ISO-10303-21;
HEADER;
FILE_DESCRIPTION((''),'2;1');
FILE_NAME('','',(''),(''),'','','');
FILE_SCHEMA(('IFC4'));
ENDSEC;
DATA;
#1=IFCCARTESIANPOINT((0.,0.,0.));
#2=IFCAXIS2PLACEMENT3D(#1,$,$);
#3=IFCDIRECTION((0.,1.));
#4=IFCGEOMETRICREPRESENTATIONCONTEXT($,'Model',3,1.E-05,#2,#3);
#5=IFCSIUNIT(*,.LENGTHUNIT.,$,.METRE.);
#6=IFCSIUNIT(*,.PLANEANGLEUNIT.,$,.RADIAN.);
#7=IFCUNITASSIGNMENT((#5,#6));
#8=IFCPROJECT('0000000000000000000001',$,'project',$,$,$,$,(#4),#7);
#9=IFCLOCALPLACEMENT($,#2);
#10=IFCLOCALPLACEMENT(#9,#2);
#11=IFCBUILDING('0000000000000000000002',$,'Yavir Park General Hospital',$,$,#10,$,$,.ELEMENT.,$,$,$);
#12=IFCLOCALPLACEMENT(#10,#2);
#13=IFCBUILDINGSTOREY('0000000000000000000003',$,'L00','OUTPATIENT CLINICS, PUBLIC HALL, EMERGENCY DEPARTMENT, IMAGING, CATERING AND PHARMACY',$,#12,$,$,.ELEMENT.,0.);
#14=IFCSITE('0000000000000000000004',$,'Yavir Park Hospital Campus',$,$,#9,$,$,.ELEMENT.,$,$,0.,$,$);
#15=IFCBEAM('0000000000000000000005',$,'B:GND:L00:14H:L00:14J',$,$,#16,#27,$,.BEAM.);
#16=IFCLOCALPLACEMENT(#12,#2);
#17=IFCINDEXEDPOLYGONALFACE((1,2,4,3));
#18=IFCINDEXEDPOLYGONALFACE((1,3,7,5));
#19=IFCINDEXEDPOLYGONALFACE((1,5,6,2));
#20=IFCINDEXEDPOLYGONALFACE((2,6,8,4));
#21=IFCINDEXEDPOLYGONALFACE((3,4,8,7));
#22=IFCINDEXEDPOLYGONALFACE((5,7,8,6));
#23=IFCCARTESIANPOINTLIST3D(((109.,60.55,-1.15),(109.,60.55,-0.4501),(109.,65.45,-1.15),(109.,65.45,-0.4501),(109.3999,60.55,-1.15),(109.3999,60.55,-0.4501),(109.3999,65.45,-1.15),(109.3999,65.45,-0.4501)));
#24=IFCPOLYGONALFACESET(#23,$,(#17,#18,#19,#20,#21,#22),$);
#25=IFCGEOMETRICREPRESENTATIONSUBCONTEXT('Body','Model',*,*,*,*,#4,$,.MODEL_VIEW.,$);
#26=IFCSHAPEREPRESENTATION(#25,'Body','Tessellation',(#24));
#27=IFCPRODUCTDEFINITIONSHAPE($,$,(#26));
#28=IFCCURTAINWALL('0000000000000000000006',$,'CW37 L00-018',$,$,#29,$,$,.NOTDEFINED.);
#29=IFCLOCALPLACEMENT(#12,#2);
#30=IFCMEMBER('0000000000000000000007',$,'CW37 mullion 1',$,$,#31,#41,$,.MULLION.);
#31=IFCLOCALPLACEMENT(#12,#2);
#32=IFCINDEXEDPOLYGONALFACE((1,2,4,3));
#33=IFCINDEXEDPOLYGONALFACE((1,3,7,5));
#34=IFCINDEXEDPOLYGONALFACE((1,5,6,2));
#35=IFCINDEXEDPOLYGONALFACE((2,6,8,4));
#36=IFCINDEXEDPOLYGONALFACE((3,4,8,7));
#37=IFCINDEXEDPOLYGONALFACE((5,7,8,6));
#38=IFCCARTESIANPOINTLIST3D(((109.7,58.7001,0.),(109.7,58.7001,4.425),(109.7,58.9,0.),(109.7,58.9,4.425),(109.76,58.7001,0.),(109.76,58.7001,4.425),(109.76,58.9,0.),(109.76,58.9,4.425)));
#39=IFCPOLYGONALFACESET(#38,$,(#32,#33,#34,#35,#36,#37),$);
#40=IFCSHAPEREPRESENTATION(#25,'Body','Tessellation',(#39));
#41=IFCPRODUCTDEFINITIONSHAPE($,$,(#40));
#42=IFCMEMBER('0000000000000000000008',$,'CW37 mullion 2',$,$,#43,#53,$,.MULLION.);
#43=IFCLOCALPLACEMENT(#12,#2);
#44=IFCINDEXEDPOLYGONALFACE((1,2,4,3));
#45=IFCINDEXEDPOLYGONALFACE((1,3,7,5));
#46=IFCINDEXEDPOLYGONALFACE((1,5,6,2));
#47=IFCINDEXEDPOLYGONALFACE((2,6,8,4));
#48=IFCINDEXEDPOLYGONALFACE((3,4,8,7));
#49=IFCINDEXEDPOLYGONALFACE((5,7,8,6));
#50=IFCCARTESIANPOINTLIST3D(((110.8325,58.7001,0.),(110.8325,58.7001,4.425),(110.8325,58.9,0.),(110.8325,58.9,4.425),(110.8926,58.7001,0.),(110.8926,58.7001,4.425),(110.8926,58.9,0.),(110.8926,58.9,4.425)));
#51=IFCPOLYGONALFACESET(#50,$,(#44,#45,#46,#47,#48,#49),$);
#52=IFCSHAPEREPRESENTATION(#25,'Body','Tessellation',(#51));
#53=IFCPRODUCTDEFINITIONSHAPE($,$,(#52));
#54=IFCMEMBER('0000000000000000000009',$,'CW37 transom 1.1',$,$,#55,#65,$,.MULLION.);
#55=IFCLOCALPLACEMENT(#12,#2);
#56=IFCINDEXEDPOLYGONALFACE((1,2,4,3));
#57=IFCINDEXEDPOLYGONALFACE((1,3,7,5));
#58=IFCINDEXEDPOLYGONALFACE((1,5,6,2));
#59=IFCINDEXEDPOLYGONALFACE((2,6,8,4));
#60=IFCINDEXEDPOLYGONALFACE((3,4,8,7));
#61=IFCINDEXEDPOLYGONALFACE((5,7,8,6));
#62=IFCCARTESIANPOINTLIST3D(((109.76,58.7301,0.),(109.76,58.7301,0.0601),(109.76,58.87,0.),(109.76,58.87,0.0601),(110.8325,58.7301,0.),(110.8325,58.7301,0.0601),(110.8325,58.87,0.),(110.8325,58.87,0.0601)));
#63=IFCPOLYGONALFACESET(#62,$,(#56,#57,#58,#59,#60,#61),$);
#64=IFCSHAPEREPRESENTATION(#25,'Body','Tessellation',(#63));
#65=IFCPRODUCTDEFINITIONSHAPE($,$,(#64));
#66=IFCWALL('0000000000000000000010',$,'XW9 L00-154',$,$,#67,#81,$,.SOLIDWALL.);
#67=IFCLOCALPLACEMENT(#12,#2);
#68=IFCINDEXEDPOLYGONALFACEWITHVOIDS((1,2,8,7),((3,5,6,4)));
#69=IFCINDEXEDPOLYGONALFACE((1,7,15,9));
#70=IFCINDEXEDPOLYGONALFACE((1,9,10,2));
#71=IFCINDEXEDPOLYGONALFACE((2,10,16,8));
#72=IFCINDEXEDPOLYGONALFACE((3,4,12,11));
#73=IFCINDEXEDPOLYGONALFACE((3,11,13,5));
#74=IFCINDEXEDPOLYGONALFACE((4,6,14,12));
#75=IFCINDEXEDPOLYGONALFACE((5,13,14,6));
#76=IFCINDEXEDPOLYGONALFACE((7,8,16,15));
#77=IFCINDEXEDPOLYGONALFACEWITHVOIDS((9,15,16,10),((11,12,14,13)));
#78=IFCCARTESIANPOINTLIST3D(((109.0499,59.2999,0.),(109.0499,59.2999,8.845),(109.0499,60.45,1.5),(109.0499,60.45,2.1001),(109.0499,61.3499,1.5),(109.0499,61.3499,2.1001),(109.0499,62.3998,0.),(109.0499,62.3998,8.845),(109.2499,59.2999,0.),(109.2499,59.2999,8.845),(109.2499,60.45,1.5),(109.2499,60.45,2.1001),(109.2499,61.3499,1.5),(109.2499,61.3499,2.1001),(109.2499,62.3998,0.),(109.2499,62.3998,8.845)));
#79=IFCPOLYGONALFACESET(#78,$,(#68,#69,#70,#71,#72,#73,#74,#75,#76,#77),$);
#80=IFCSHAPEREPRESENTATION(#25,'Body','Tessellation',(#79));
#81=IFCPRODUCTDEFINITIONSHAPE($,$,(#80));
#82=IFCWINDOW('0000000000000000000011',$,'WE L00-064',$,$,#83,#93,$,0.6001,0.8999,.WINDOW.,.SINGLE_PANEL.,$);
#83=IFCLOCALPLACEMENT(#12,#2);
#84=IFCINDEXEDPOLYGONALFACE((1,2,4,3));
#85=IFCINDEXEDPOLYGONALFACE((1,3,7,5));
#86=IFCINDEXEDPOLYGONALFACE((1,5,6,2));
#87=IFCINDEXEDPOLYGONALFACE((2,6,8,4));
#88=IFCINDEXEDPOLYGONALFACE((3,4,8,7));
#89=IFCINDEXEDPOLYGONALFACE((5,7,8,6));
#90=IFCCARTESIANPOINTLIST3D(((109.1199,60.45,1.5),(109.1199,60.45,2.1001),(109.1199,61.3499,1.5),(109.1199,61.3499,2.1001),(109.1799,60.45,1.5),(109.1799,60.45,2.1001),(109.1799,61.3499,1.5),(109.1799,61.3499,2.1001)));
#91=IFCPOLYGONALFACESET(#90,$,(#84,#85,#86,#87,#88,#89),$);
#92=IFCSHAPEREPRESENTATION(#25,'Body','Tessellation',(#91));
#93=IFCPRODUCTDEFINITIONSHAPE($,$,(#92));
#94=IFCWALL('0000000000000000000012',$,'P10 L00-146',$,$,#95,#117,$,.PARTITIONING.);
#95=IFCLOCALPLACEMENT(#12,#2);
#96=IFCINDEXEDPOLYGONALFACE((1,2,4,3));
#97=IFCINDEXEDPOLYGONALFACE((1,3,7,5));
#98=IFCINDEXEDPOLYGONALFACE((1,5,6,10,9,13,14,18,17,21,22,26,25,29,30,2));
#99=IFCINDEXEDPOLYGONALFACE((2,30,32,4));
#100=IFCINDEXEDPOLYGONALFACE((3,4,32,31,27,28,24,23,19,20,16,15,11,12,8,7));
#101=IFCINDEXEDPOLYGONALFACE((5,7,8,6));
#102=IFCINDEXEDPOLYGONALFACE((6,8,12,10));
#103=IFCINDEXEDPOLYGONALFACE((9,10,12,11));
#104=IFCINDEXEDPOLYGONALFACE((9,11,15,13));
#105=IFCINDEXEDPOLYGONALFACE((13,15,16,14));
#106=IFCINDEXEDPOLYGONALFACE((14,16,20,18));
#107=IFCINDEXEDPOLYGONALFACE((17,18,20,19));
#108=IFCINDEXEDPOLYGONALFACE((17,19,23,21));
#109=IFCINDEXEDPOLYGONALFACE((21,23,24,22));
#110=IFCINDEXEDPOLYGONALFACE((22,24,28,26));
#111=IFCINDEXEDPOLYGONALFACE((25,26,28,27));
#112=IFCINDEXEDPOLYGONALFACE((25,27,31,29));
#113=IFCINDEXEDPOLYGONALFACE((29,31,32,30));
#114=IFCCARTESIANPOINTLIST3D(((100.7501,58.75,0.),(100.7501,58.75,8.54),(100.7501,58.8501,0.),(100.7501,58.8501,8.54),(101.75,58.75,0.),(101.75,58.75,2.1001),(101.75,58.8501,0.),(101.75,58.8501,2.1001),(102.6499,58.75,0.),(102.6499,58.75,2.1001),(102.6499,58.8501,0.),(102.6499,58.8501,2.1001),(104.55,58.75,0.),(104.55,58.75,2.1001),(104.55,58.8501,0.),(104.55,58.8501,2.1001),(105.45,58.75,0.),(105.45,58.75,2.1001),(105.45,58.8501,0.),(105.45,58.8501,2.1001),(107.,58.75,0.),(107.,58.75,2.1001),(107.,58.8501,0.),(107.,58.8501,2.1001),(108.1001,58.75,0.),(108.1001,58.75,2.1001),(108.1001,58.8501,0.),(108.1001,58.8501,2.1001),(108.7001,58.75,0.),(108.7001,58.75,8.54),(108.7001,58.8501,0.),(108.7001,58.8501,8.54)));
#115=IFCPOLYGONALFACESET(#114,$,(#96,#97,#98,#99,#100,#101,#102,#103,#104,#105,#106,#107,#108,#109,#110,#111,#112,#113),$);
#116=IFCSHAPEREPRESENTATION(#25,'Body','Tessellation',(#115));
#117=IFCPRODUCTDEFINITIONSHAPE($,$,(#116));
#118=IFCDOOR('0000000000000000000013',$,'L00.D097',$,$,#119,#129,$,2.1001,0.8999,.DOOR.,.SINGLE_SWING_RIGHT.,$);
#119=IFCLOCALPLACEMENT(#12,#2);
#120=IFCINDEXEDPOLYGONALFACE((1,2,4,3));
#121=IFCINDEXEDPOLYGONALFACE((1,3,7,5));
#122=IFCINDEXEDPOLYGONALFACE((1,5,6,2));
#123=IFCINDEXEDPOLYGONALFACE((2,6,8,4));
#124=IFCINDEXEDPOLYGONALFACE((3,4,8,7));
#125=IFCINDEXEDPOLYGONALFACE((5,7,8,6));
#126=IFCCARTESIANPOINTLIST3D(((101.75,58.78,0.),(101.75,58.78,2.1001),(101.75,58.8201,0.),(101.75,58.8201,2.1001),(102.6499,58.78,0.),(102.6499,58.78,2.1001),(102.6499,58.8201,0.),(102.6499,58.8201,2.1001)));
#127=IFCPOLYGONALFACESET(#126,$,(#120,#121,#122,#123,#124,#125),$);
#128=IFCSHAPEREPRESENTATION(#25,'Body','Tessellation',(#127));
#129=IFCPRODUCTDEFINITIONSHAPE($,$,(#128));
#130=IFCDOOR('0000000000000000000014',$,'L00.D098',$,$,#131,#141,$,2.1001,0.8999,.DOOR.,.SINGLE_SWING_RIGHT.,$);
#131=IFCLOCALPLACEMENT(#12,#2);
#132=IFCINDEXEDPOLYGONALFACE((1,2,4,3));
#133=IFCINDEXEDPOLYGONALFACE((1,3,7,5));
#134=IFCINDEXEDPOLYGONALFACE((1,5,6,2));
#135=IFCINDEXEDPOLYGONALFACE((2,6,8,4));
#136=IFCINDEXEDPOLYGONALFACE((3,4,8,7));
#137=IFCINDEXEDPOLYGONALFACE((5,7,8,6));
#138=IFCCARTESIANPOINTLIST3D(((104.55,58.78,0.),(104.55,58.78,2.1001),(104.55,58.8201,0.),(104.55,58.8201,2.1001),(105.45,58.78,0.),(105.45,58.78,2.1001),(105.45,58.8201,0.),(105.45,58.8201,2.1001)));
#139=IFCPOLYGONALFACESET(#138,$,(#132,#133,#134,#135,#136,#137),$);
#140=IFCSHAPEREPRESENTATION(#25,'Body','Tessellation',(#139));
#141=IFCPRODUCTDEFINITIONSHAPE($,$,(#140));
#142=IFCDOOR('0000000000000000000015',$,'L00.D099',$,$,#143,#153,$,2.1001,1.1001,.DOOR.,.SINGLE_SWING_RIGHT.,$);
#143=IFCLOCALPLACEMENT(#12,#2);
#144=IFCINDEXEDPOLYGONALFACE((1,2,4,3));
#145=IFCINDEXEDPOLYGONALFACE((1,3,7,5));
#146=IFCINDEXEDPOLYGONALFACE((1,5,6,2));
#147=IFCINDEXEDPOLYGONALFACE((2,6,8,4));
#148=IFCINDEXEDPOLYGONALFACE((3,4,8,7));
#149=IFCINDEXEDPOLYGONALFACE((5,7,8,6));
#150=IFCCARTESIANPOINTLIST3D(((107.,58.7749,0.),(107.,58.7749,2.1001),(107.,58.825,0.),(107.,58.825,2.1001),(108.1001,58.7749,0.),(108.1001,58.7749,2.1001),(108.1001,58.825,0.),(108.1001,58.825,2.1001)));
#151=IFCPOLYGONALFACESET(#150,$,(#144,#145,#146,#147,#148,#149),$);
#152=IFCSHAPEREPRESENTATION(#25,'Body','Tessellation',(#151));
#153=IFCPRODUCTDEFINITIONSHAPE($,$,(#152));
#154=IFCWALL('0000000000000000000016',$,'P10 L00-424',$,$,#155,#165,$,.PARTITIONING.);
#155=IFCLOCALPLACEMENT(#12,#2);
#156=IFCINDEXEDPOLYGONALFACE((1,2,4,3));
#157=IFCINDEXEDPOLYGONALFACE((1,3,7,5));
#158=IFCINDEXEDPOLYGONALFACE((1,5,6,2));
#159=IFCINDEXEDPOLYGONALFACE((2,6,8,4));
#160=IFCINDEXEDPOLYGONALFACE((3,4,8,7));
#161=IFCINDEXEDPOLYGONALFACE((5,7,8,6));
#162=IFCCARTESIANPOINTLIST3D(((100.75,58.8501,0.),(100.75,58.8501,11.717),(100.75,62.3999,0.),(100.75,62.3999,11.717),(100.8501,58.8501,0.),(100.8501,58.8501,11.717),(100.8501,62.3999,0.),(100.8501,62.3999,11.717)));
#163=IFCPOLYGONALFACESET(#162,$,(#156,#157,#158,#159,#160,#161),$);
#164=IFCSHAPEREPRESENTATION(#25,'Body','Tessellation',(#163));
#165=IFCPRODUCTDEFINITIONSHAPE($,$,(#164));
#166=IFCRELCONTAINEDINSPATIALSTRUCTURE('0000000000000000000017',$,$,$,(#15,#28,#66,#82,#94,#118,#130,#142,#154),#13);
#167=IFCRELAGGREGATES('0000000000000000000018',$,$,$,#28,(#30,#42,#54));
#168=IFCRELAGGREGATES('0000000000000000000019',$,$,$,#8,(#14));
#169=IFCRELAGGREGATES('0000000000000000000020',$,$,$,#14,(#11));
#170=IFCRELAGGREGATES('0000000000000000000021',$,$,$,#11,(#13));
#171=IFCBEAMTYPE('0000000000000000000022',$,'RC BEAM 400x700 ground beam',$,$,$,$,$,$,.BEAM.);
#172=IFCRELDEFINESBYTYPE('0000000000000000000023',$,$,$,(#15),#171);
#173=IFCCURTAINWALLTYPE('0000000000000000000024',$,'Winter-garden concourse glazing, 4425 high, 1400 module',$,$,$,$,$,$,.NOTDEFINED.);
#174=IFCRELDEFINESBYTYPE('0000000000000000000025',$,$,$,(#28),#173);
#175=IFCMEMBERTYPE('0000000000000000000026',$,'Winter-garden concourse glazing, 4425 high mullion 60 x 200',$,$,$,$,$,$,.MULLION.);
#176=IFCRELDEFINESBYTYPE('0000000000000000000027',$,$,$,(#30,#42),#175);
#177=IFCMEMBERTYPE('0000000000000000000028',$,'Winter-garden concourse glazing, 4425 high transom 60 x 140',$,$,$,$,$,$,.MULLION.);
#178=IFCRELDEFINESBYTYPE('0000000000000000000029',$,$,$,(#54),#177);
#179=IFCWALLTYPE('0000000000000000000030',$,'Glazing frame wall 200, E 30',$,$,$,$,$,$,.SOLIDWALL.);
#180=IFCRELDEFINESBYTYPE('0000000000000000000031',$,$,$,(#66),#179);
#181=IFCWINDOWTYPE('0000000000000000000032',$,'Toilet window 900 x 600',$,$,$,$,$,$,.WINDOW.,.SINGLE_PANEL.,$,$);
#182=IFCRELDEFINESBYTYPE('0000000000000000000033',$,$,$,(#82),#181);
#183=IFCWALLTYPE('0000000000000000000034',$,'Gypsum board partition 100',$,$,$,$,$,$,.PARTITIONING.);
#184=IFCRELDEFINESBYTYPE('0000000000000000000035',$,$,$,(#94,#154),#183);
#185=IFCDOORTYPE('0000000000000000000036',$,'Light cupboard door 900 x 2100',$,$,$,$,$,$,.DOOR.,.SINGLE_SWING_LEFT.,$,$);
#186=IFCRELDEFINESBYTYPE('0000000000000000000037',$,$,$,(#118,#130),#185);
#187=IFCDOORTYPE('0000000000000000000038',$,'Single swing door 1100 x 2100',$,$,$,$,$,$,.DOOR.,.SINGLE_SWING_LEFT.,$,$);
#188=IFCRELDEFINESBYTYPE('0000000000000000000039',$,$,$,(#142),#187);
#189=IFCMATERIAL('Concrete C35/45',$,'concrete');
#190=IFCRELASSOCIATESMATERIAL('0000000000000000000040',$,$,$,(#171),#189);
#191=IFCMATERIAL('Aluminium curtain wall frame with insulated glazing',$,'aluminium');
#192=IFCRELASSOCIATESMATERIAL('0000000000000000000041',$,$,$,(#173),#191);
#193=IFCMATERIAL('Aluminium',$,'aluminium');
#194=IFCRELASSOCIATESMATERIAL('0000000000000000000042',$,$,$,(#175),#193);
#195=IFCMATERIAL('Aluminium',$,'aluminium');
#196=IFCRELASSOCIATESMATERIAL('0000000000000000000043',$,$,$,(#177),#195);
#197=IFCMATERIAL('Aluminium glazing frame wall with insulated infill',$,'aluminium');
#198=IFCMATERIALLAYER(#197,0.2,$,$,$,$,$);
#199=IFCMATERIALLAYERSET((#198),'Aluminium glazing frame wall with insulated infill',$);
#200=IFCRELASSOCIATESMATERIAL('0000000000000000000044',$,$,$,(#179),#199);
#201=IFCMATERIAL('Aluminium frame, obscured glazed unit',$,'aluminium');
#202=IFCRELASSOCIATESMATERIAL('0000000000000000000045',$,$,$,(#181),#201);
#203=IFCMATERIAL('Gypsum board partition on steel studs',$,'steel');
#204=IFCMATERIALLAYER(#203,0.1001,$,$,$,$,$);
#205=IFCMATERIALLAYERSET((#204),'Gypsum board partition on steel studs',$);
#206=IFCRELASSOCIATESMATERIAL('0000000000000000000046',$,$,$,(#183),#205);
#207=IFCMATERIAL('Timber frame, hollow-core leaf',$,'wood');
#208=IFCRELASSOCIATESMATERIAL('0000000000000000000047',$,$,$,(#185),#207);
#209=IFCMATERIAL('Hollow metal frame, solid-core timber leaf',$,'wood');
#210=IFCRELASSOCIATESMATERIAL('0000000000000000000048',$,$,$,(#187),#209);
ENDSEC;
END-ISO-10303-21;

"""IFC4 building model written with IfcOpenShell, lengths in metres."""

from ifc_helpers import new_model, si_unit, direction, frame, frame_2d, origin, origin_2d, place, context, subcontext, project, spatial, rectangle, extrude, material, layer, layer_set, material_profile, profile_set, type_object, element, fill, aggregate, save


model = new_model("IFC4")

# Units and contexts
model_context = context("Model", 3, precision=1e-05, world=origin(), true_north=direction((0.0, 1.0)))
body_context = subcontext(model_context, "Body", "Model", "MODEL_VIEW")
ifc_project = project(units=[si_unit("LENGTHUNIT", "METRE"), si_unit("PLANEANGLEUNIT", "RADIAN")], contexts=[model_context])

# Site, building, storey
site_placement = place(None, origin())
site = spatial("IfcSite", under=ifc_project, at=site_placement, Name="Yavir Park Hospital Campus", CompositionType="ELEMENT", RefElevation=0.0)
building_placement = place(site_placement, origin())
building = spatial("IfcBuilding", under=site, at=building_placement, Name="Yavir Park General Hospital", CompositionType="ELEMENT")
storey_placement = place(building_placement, origin())
storey = spatial("IfcBuildingStorey", under=building, at=storey_placement, Name="L00", Description="OUTPATIENT CLINICS, PUBLIC HALL, EMERGENCY DEPARTMENT, IMAGING, CATERING AND PHARMACY", CompositionType="ELEMENT", Elevation=0.0)

# Beam
ifc_material_1 = material(Name="Concrete C35/45", Category="concrete")
ifc_material_profile_1 = material_profile(ifc_material_1, rectangle(XDim=0.3999, YDim=0.7, at=origin_2d()), Name="RC400x700")
ifc_profile_set_1 = profile_set([ifc_material_profile_1], Name="Concrete C35/45")
beam_type = type_object("IfcBeamType", Name="RC BEAM 400x700 ground beam", PredefinedType="BEAM", material=ifc_profile_set_1)
beam_placement = place(storey_placement, frame((109.2, 60.55, -0.8), z_axis=(0.0, 1.0, 0.0), x_axis=(-1.0, 0.0, 0.0)))
element("IfcBeam", 1, at=beam_placement, inside=storey, type_object=beam_type, Name="B:GND:L00:14H:L00:14J", PredefinedType="BEAM", context=body_context, shape_type="SweptSolid", body=[
    extrude(rectangle(XDim=0.3999, YDim=0.7, at=origin_2d()), origin(), (0.0, 0.0, 1.0), 4.8999),
])

# Curtain wall, members
ifc_material_2 = material(Name="Aluminium curtain wall frame with insulated glazing", Category="aluminium")
curtain_wall_type = type_object("IfcCurtainWallType", Name="Winter-garden concourse glazing, 4425 high, 1400 module", PredefinedType="NOTDEFINED", material=ifc_material_2)
curtain_wall_placement = place(storey_placement, origin())
curtain_wall = element("IfcCurtainWall", 2, at=curtain_wall_placement, inside=storey, type_object=curtain_wall_type, Name="CW37 L00-018", PredefinedType="NOTDEFINED")
ifc_material_3 = material(Name="Aluminium", Category="aluminium")
ifc_material_profile_2 = material_profile(ifc_material_3, rectangle(XDim=0.2, YDim=0.0601, at=origin_2d()), Name="AL 60x200")
ifc_profile_set_2 = profile_set([ifc_material_profile_2], Name="Aluminium")
member_type_1 = type_object("IfcMemberType", Name="Winter-garden concourse glazing, 4425 high mullion 60 x 200", PredefinedType="MULLION", material=ifc_profile_set_2)
member_1_placement = place(storey_placement, frame((109.73, 58.8, 0.0), z_axis=(0.0, 0.0, 1.0), x_axis=(0.0, 1.0, 0.0)))
member_1 = element("IfcMember", 3, at=member_1_placement, type_object=member_type_1, Name="CW37 mullion 1", PredefinedType="MULLION", context=body_context, shape_type="SweptSolid", body=[
    extrude(rectangle(XDim=0.2, YDim=0.0601, at=origin_2d()), origin(), (0.0, 0.0, 1.0), 4.425),
])
member_2_placement = place(storey_placement, frame((110.8625, 58.8, 0.0), z_axis=(0.0, 0.0, 1.0), x_axis=(0.0, 1.0, 0.0)))
member_2 = element("IfcMember", 4, at=member_2_placement, type_object=member_type_1, Name="CW37 mullion 2", PredefinedType="MULLION", context=body_context, shape_type="SweptSolid", body=[
    extrude(rectangle(XDim=0.2, YDim=0.0601, at=origin_2d()), origin(), (0.0, 0.0, 1.0), 4.425),
])
ifc_material_4 = material(Name="Aluminium", Category="aluminium")
ifc_material_profile_3 = material_profile(ifc_material_4, rectangle(XDim=0.1399, YDim=0.0601, at=origin_2d()), Name="AL 140x60")
ifc_profile_set_3 = profile_set([ifc_material_profile_3], Name="Aluminium")
member_type_2 = type_object("IfcMemberType", Name="Winter-garden concourse glazing, 4425 high transom 60 x 140", PredefinedType="MULLION", material=ifc_profile_set_3)
member_3_placement = place(storey_placement, frame((109.76, 58.8, 0.03), z_axis=(1.0, 0.0, 0.0), x_axis=(0.0, 1.0, 0.0)))
member_3 = element("IfcMember", 5, at=member_3_placement, type_object=member_type_2, Name="CW37 transom 1.1", PredefinedType="MULLION", context=body_context, shape_type="SweptSolid", body=[
    extrude(rectangle(XDim=0.1399, YDim=0.0601, at=origin_2d()), origin(), (0.0, 0.0, 1.0), 1.0725),
])
aggregate(curtain_wall, [member_1, member_2, member_3])

# Wall, opening, window
ifc_material_5 = material(Name="Aluminium glazing frame wall with insulated infill", Category="aluminium")
ifc_layer_1 = layer(ifc_material_5, 0.2)
ifc_layer_set_1 = layer_set([ifc_layer_1], Name="Aluminium glazing frame wall with insulated infill")
wall_type_1 = type_object("IfcWallType", Name="Glazing frame wall 200, E 30", PredefinedType="SOLIDWALL", material=ifc_layer_set_1)
wall_1_placement = place(storey_placement, frame((109.1499, 59.3, 0.0), z_axis=(0.0, 0.0, 1.0), x_axis=(0.0, 1.0, 0.0)))
wall_1 = element("IfcWall", 6, at=wall_1_placement, inside=storey, type_object=wall_type_1, Name="XW9 L00-154", PredefinedType="SOLIDWALL", context=body_context, shape_type="SweptSolid", body=[
    extrude(rectangle(XDim=3.0999, YDim=0.2, at=frame_2d((1.5498, 0.0))), origin(), (0.0, 0.0, 1.0), 8.845),
])
opening_1_placement = place(wall_1_placement, frame((1.1499, 0.0, 1.5)))
opening_1 = element("IfcOpeningElement", 7, at=opening_1_placement, cuts=wall_1, PredefinedType="OPENING", context=body_context, shape_type="SweptSolid", body=[
    extrude(rectangle(XDim=0.8999, YDim=0.6001, at=frame_2d((0.45, 0.3))), frame((0.0, 0.1099, 0.0), z_axis=(0.0, -1.0, 0.0), x_axis=(1.0, 0.0, 0.0)), (0.0, 0.0, 1.0), 0.22),
])
ifc_material_6 = material(Name="Aluminium frame, obscured glazed unit", Category="aluminium")
window_type = type_object("IfcWindowType", Name="Toilet window 900 x 600", PartitioningType="SINGLE_PANEL", PredefinedType="WINDOW", material=ifc_material_6)
window_placement = place(opening_1_placement, origin())
window = element("IfcWindow", 8, at=window_placement, inside=storey, type_object=window_type, Name="WE L00-064", OverallHeight=0.6001, OverallWidth=0.8999, PartitioningType="SINGLE_PANEL", PredefinedType="WINDOW", context=body_context, shape_type="SweptSolid", body=[
    extrude(rectangle(XDim=0.8999, YDim=0.6001, at=frame_2d((0.45, 0.3))), frame((0.0, 0.03, 0.0), z_axis=(0.0, -1.0, 0.0), x_axis=(1.0, 0.0, 0.0)), (0.0, 0.0, 1.0), 0.0601),
])
fill(opening_1, window)

# Wall, openings, doors
ifc_material_7 = material(Name="Gypsum board partition on steel studs", Category="steel")
ifc_layer_2 = layer(ifc_material_7, 0.1001)
ifc_layer_set_2 = layer_set([ifc_layer_2], Name="Gypsum board partition on steel studs")
wall_type_2 = type_object("IfcWallType", Name="Gypsum board partition 100", PredefinedType="PARTITIONING", material=ifc_layer_set_2)
wall_2_placement = place(storey_placement, frame((100.75, 58.8, 0.0), z_axis=(0.0, 0.0, 1.0), x_axis=(1.0, 0.0, 0.0)))
wall_2 = element("IfcWall", 9, at=wall_2_placement, inside=storey, type_object=wall_type_2, Name="P10 L00-146", PredefinedType="PARTITIONING", context=body_context, shape_type="SweptSolid", body=[
    extrude(rectangle(XDim=7.95, YDim=0.1001, at=frame_2d((3.9751, 0.0))), origin(), (0.0, 0.0, 1.0), 8.54),
])
opening_2_placement = place(wall_2_placement, frame((1.0, 0.0, 0.0)))
opening_2 = element("IfcOpeningElement", 10, at=opening_2_placement, cuts=wall_2, PredefinedType="OPENING", context=body_context, shape_type="SweptSolid", body=[
    extrude(rectangle(XDim=0.8999, YDim=2.1001, at=frame_2d((0.45, 1.05))), frame((0.0, 0.0601, 0.0), z_axis=(0.0, -1.0, 0.0), x_axis=(1.0, 0.0, 0.0)), (0.0, 0.0, 1.0), 0.1201),
])
opening_3_placement = place(wall_2_placement, frame((3.8, 0.0, 0.0)))
opening_3 = element("IfcOpeningElement", 11, at=opening_3_placement, cuts=wall_2, PredefinedType="OPENING", context=body_context, shape_type="SweptSolid", body=[
    extrude(rectangle(XDim=0.8999, YDim=2.1001, at=frame_2d((0.45, 1.05))), frame((0.0, 0.0601, 0.0), z_axis=(0.0, -1.0, 0.0), x_axis=(1.0, 0.0, 0.0)), (0.0, 0.0, 1.0), 0.1201),
])
opening_4_placement = place(wall_2_placement, frame((6.25, 0.0, 0.0)))
opening_4 = element("IfcOpeningElement", 12, at=opening_4_placement, cuts=wall_2, PredefinedType="OPENING", context=body_context, shape_type="SweptSolid", body=[
    extrude(rectangle(XDim=1.1001, YDim=2.1001, at=frame_2d((0.55, 1.05))), frame((0.0, 0.0601, 0.0), z_axis=(0.0, -1.0, 0.0), x_axis=(1.0, 0.0, 0.0)), (0.0, 0.0, 1.0), 0.1201),
])
ifc_material_8 = material(Name="Timber frame, hollow-core leaf", Category="wood")
door_type_1 = type_object("IfcDoorType", Name="Light cupboard door 900 x 2100", OperationType="SINGLE_SWING_LEFT", PredefinedType="DOOR", material=ifc_material_8)
door_1_placement = place(opening_2_placement, origin())
door_1 = element("IfcDoor", 13, at=door_1_placement, inside=storey, type_object=door_type_1, Name="L00.D097", OperationType="SINGLE_SWING_RIGHT", OverallHeight=2.1001, OverallWidth=0.8999, PredefinedType="DOOR", context=body_context, shape_type="SweptSolid", body=[
    extrude(rectangle(XDim=0.8999, YDim=2.1001, at=frame_2d((0.45, 1.05))), frame((0.0, 0.02, 0.0), z_axis=(0.0, -1.0, 0.0), x_axis=(1.0, 0.0, 0.0)), (0.0, 0.0, 1.0), 0.04),
])
fill(opening_2, door_1)
door_2_placement = place(opening_3_placement, origin())
door_2 = element("IfcDoor", 14, at=door_2_placement, inside=storey, type_object=door_type_1, Name="L00.D098", OperationType="SINGLE_SWING_RIGHT", OverallHeight=2.1001, OverallWidth=0.8999, PredefinedType="DOOR", context=body_context, shape_type="SweptSolid", body=[
    extrude(rectangle(XDim=0.8999, YDim=2.1001, at=frame_2d((0.45, 1.05))), frame((0.0, 0.02, 0.0), z_axis=(0.0, -1.0, 0.0), x_axis=(1.0, 0.0, 0.0)), (0.0, 0.0, 1.0), 0.04),
])
fill(opening_3, door_2)
ifc_material_9 = material(Name="Hollow metal frame, solid-core timber leaf", Category="wood")
door_type_2 = type_object("IfcDoorType", Name="Single swing door 1100 x 2100", OperationType="SINGLE_SWING_LEFT", PredefinedType="DOOR", material=ifc_material_9)
door_3_placement = place(opening_4_placement, origin())
door_3 = element("IfcDoor", 15, at=door_3_placement, inside=storey, type_object=door_type_2, Name="L00.D099", OperationType="SINGLE_SWING_RIGHT", OverallHeight=2.1001, OverallWidth=1.1001, PredefinedType="DOOR", context=body_context, shape_type="SweptSolid", body=[
    extrude(rectangle(XDim=1.1001, YDim=2.1001, at=frame_2d((0.55, 1.05))), frame((0.0, 0.0249, 0.0), z_axis=(0.0, -1.0, 0.0), x_axis=(1.0, 0.0, 0.0)), (0.0, 0.0, 1.0), 0.05),
])
fill(opening_4, door_3)

# Wall
wall_3_placement = place(storey_placement, frame((100.8, 58.8501, 0.0), z_axis=(0.0, 0.0, 1.0), x_axis=(0.0, 1.0, 0.0)))
element("IfcWall", 16, at=wall_3_placement, inside=storey, type_object=wall_type_2, Name="P10 L00-424", PredefinedType="PARTITIONING", context=body_context, shape_type="SweptSolid", body=[
    extrude(rectangle(XDim=3.5498, YDim=0.1001, at=frame_2d((1.7749, 0.0))), origin(), (0.0, 0.0, 1.0), 11.717),
])

save(model, "model.ifc")
